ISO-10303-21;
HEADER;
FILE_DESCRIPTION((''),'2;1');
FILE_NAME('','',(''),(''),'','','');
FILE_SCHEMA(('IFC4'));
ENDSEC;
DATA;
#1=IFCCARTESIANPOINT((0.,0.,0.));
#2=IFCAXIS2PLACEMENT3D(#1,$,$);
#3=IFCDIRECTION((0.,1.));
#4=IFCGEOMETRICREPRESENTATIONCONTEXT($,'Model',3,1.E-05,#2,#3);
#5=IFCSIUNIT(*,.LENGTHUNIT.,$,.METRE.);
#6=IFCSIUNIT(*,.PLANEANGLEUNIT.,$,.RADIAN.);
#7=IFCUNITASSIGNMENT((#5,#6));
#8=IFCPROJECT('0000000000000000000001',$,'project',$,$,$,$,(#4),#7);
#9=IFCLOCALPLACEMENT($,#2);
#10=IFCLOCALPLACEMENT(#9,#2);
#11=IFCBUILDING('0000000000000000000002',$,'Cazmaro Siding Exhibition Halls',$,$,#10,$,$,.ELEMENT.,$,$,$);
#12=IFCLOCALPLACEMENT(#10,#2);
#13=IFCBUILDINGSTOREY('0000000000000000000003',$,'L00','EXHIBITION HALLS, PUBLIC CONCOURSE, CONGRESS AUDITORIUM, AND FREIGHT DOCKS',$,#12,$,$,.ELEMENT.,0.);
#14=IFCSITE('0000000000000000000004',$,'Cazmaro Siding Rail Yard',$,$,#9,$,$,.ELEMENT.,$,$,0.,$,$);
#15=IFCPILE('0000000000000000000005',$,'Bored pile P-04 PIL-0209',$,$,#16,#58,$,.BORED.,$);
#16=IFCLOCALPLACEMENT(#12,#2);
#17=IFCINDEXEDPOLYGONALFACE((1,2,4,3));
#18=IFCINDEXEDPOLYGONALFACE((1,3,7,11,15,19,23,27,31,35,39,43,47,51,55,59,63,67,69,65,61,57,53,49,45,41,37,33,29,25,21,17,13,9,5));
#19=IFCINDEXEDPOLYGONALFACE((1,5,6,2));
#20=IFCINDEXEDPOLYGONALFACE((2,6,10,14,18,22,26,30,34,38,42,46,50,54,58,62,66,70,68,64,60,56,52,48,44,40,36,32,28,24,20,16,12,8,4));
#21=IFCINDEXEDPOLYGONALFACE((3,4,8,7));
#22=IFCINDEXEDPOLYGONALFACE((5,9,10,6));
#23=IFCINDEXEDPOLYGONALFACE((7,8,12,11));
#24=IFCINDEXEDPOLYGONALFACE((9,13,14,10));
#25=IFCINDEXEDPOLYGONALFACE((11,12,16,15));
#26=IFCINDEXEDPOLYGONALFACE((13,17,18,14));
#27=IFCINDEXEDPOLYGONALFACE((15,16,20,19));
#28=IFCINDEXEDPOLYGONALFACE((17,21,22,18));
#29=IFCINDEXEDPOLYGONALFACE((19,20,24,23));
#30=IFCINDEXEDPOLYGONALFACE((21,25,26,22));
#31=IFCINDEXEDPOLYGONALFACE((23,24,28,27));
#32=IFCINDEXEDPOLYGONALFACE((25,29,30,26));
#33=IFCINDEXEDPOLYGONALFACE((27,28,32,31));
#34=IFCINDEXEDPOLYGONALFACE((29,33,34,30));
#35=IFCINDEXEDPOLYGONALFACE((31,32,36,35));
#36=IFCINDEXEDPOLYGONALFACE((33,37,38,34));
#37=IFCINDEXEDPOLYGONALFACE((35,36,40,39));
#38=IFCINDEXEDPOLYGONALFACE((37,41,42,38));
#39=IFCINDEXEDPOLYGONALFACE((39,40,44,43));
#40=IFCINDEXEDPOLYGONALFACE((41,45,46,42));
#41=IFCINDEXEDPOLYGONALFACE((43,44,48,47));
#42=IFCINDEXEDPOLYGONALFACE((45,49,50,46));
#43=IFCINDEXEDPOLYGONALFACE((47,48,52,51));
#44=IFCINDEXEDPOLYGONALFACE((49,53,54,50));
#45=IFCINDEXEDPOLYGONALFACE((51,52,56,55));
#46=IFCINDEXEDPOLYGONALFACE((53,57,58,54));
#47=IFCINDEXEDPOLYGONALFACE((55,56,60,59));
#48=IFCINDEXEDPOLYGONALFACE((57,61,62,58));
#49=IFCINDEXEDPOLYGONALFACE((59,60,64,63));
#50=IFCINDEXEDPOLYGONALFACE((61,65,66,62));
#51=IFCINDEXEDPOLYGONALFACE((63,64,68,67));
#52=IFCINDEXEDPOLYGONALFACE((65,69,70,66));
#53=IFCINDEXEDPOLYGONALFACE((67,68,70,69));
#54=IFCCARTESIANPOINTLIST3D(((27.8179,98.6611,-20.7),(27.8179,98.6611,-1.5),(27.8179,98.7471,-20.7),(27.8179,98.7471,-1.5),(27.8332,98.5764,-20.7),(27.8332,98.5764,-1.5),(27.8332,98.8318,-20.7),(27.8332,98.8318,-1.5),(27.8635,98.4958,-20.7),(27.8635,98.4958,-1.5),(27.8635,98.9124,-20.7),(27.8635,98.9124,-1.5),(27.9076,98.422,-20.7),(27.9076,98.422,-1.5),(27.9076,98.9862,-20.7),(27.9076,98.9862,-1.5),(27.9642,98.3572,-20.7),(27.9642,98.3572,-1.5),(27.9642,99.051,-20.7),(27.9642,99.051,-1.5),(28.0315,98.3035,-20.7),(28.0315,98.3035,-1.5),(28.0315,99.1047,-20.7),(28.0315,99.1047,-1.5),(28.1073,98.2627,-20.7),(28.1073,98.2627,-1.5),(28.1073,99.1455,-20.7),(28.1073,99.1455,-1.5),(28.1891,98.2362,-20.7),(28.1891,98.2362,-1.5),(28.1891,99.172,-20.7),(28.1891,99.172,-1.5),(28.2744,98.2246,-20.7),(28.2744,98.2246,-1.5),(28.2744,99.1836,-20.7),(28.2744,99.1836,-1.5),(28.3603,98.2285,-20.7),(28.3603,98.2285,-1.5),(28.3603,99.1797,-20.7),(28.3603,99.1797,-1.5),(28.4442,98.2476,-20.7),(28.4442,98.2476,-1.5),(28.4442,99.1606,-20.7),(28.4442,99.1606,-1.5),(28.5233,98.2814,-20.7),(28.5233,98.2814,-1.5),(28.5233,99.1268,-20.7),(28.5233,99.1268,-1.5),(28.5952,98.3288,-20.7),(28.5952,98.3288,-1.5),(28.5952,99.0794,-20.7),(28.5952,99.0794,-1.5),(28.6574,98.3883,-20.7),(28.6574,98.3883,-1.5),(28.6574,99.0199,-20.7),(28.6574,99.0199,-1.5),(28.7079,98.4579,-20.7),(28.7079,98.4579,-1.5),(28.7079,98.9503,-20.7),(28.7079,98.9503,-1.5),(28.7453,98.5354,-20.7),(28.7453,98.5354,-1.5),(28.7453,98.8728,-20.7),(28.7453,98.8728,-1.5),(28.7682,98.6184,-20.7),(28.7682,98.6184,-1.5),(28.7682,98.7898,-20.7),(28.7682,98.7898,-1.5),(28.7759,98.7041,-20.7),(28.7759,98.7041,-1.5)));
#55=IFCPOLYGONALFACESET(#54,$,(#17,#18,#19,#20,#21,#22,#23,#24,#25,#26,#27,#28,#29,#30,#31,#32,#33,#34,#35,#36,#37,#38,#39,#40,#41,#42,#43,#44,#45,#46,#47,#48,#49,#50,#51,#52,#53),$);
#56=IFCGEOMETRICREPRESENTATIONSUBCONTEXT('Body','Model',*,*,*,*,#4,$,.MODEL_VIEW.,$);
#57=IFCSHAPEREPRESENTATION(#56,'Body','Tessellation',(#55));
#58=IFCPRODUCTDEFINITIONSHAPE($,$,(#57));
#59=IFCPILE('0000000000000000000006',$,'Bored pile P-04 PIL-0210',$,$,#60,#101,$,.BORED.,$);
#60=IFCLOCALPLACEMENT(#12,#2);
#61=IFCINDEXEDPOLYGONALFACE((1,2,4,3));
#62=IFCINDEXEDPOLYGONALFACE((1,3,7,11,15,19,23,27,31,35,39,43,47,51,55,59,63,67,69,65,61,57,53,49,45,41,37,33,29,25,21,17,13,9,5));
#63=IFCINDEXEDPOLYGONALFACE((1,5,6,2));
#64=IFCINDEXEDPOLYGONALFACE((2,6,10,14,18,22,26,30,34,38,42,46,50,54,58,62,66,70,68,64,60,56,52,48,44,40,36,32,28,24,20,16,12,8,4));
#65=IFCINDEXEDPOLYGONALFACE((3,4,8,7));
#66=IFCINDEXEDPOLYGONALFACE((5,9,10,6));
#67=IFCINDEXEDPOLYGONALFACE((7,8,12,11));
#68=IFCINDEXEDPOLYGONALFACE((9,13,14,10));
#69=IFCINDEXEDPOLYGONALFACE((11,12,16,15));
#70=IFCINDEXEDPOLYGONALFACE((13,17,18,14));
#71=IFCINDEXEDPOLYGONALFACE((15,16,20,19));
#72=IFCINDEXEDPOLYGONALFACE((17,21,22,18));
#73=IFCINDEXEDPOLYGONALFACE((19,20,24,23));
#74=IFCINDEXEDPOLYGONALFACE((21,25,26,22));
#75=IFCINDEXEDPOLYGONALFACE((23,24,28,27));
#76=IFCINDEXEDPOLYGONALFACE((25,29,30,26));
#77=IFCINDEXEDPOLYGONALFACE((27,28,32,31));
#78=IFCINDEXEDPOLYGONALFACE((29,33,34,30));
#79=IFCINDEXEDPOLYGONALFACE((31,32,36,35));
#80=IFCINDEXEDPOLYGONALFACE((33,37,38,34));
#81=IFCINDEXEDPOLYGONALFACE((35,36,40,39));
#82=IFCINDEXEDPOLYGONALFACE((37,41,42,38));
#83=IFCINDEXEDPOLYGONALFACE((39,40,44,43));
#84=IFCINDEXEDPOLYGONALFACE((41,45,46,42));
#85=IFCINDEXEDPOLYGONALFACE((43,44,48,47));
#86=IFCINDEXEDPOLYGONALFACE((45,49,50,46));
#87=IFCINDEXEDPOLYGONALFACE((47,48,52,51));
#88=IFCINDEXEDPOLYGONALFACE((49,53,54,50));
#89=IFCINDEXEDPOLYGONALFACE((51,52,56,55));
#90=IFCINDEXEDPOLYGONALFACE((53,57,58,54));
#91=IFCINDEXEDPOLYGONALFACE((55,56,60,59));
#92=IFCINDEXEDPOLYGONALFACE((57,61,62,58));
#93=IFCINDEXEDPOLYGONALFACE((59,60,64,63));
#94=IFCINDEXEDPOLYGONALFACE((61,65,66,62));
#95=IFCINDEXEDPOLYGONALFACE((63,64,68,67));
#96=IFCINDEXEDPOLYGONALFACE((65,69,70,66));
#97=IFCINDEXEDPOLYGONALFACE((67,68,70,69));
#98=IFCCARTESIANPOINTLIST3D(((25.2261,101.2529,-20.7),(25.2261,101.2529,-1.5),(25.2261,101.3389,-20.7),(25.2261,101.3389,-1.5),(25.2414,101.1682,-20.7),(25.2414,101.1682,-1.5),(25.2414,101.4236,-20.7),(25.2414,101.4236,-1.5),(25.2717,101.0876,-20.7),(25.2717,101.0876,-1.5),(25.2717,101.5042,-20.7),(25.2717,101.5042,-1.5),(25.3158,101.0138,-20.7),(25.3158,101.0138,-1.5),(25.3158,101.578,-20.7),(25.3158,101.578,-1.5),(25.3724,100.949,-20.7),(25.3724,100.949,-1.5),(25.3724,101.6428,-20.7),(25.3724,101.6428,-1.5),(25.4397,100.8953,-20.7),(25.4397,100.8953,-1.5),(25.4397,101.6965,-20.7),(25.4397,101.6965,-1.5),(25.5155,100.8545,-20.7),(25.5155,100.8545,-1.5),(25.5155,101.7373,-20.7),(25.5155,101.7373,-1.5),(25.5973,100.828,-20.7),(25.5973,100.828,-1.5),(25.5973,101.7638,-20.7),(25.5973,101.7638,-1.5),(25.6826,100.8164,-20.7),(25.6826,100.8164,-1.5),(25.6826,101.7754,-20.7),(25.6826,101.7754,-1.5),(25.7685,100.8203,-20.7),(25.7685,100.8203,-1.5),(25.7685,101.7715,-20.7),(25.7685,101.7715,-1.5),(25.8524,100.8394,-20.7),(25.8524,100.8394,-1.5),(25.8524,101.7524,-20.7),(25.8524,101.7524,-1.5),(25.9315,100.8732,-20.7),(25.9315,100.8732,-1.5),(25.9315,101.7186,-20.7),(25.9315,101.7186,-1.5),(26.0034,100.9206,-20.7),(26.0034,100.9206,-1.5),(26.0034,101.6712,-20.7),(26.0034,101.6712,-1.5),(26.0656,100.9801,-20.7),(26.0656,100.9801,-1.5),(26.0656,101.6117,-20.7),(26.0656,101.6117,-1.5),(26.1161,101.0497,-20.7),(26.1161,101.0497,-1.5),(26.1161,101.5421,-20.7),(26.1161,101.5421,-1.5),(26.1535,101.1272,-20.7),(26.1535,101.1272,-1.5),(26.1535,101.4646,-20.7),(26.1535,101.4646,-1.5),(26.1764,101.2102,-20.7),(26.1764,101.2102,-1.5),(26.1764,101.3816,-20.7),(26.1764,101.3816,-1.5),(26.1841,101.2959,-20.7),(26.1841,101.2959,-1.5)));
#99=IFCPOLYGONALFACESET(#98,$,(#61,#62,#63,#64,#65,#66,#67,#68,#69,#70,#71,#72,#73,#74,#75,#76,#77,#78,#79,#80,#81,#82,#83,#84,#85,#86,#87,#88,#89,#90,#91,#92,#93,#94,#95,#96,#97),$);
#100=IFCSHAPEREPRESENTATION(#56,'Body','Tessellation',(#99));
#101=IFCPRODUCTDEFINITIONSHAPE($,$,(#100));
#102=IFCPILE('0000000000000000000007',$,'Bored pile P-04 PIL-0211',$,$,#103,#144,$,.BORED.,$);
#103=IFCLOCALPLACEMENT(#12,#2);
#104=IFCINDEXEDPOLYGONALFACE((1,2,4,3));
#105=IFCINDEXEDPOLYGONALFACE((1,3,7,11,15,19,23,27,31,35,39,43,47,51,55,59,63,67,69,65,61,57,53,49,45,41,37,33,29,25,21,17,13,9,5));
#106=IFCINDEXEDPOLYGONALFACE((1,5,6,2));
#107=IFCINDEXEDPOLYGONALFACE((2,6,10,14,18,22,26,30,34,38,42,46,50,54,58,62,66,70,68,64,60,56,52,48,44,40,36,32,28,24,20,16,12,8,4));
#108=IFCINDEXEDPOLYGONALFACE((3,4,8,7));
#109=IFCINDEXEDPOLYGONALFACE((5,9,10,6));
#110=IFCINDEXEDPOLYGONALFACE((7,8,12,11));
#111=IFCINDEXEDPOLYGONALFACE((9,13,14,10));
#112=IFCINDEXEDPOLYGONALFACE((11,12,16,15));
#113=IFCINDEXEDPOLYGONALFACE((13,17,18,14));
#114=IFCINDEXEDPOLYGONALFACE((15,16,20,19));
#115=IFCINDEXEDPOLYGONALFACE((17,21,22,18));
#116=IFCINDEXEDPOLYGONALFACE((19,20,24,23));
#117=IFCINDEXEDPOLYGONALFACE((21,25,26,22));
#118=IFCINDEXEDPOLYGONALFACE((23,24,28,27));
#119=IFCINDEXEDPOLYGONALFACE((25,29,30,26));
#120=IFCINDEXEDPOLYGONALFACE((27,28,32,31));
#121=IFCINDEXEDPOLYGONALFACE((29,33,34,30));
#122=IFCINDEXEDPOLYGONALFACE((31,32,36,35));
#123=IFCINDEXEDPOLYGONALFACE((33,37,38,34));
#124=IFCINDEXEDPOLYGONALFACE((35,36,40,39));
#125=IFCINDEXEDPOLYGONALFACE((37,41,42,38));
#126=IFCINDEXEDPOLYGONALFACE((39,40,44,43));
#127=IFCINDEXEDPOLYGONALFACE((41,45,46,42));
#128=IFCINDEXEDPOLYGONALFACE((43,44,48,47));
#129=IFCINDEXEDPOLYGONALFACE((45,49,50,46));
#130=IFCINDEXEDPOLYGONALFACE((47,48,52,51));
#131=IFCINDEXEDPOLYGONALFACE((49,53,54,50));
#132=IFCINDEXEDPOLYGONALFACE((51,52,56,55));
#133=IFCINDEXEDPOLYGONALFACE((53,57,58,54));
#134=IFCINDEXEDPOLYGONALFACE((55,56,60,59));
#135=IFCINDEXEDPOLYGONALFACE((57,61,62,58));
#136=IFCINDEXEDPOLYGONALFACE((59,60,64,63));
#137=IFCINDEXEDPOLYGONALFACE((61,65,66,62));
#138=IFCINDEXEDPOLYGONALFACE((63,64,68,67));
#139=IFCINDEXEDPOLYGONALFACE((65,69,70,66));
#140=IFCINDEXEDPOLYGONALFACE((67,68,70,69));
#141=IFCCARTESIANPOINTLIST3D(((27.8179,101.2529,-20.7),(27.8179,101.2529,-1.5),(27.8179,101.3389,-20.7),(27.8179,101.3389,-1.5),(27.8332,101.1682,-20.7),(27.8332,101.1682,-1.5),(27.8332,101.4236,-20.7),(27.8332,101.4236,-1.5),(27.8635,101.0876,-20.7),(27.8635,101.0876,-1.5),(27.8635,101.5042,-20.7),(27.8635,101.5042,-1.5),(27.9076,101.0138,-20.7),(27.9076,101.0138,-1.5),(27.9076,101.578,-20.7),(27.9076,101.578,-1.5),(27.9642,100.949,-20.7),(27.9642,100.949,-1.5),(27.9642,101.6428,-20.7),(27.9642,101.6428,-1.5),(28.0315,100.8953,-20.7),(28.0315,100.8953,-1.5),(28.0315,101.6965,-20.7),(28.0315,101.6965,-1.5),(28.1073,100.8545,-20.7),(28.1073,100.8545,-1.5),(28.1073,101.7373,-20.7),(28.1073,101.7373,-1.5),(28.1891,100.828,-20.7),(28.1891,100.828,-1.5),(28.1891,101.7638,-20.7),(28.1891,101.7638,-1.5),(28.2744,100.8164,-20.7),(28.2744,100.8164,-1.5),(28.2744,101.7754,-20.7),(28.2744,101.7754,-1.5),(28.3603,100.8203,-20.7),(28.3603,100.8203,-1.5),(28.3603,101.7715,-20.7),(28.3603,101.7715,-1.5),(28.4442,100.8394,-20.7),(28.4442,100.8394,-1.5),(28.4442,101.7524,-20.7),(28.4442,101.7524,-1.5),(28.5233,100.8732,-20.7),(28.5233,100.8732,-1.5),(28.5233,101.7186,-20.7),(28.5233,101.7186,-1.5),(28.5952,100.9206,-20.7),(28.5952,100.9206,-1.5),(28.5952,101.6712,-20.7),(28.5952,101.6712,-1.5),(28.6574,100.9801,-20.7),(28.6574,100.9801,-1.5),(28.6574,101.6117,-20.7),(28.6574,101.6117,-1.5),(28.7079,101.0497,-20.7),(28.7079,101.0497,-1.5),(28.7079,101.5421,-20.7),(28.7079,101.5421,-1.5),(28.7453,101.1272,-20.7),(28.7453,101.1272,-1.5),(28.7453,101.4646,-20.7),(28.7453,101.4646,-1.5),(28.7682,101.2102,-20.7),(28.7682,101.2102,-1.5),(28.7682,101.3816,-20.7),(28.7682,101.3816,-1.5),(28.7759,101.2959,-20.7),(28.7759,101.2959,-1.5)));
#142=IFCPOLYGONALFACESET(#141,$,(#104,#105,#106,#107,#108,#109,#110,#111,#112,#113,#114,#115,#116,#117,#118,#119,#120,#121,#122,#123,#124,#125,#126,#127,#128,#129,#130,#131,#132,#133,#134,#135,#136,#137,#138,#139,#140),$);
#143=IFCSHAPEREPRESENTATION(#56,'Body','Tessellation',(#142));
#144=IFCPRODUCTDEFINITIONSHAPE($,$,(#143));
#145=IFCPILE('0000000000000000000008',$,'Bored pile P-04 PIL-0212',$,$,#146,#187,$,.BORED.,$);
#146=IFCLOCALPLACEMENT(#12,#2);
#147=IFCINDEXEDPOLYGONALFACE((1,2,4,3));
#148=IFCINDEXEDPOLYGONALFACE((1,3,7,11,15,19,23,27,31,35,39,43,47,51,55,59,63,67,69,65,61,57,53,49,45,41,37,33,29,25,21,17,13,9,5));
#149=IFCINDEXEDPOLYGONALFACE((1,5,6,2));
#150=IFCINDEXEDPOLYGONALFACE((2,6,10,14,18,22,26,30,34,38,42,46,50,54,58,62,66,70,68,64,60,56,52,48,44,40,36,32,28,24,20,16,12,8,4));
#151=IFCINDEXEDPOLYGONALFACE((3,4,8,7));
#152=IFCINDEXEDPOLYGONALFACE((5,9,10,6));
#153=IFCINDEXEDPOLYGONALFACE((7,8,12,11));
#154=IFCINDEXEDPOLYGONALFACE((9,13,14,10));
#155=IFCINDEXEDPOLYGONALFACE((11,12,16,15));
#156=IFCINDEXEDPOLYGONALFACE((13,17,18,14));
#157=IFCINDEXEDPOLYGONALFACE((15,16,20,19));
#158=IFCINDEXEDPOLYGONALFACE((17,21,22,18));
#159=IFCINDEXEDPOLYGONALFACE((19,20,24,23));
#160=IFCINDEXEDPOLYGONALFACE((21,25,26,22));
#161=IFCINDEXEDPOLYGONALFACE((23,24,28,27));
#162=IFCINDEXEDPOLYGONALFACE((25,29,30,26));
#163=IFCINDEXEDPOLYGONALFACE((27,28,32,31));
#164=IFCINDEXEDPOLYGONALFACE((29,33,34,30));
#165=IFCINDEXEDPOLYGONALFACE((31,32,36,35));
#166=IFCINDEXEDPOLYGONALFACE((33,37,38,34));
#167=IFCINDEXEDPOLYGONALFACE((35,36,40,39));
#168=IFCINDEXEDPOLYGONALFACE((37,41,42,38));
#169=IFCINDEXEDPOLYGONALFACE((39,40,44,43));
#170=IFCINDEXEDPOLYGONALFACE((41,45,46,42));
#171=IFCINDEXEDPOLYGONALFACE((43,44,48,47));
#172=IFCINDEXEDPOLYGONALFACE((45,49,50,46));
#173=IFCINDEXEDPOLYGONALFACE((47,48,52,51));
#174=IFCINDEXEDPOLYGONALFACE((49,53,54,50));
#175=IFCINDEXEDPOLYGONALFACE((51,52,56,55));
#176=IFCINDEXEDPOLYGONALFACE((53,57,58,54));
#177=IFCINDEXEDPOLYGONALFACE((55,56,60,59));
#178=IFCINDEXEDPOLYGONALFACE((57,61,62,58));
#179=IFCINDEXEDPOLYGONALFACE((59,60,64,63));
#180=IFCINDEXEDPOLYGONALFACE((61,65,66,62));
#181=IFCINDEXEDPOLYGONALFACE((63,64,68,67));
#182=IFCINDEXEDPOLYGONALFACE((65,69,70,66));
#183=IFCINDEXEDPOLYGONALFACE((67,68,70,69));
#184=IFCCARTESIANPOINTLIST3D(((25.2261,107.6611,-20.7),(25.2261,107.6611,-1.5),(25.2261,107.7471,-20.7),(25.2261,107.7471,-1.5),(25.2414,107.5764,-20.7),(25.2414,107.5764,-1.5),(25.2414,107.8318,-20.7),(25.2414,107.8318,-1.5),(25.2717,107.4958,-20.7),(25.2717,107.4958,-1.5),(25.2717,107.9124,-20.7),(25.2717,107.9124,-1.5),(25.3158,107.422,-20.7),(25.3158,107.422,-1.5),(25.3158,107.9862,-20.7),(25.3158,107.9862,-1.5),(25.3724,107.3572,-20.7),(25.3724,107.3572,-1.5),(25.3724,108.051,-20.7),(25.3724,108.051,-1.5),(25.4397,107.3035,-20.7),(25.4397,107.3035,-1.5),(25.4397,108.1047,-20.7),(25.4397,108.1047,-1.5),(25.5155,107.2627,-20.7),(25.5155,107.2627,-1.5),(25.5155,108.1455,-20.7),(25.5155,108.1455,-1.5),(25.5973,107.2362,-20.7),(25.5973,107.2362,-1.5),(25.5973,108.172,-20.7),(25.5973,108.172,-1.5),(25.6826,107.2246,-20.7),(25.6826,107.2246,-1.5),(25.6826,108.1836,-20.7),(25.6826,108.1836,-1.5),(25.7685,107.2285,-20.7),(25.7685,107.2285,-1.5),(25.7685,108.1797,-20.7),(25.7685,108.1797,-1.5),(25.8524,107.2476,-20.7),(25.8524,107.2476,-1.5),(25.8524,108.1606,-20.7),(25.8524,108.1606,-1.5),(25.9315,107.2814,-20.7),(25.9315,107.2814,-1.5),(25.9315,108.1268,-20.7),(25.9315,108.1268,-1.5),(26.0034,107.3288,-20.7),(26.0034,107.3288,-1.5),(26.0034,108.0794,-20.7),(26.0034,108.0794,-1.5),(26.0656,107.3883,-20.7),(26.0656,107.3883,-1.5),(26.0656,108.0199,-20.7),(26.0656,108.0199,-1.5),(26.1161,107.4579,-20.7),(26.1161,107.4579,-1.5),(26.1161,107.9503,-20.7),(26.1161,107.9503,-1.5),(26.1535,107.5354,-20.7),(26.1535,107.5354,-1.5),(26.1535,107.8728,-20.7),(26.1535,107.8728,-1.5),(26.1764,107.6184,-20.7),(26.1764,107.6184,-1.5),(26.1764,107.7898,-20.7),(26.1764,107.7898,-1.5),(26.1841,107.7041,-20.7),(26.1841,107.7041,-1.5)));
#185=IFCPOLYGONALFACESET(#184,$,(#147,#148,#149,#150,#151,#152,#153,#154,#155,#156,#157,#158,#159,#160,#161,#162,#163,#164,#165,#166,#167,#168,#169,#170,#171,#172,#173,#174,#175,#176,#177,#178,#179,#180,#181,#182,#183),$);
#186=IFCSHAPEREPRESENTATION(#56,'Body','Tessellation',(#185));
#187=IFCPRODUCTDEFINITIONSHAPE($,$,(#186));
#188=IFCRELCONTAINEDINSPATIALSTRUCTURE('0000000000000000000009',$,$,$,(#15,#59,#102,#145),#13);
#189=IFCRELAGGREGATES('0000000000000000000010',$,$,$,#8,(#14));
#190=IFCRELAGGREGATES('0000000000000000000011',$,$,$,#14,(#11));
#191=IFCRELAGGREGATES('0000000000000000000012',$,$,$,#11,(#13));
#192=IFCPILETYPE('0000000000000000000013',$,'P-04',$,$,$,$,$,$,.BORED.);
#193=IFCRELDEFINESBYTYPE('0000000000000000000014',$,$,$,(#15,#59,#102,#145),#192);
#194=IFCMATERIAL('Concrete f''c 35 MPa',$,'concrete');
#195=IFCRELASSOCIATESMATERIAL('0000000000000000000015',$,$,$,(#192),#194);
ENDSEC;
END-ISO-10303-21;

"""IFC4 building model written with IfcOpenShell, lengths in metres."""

from ifc_helpers import new_model, si_unit, direction, frame, origin, origin_2d, place, context, subcontext, project, spatial, circle, extrude, material, material_profile, profile_set, type_object, element, save


model = new_model("IFC4")

# Units and contexts
model_context = context("Model", 3, precision=1e-05, world=origin(), true_north=direction((0.0, 1.0)))
body_context = subcontext(model_context, "Body", "Model", "MODEL_VIEW")
ifc_project = project(units=[si_unit("LENGTHUNIT", "METRE"), si_unit("PLANEANGLEUNIT", "RADIAN")], contexts=[model_context])

# Site, building, storey
site_placement = place(None, origin())
site = spatial("IfcSite", under=ifc_project, at=site_placement, Name="Cazmaro Siding Rail Yard", CompositionType="ELEMENT", RefElevation=0.0)
building_placement = place(site_placement, origin())
building = spatial("IfcBuilding", under=site, at=building_placement, Name="Cazmaro Siding Exhibition Halls", CompositionType="ELEMENT")
storey_placement = place(building_placement, origin())
storey = spatial("IfcBuildingStorey", under=building, at=storey_placement, Name="L00", Description="EXHIBITION HALLS, PUBLIC CONCOURSE, CONGRESS AUDITORIUM, AND FREIGHT DOCKS", CompositionType="ELEMENT", Elevation=0.0)

# Piles
ifc_material_1 = material(Name="Concrete f'c 35 MPa", Category="concrete")
ifc_material_profile_1 = material_profile(ifc_material_1, circle(Radius=0.48, at=origin_2d()), Name="CIDH-960")
ifc_profile_set_1 = profile_set([ifc_material_profile_1], Name="Concrete f'c 35 MPa")
pile_type = type_object("IfcPileType", Name="P-04", PredefinedType="BORED", material=ifc_profile_set_1)
for number, where, z_axis, x_axis, name in (
    (1, (28.2959, 98.7041, -1.5), (0.0, 0.0, -1.0), (1.0, 0.0, 0.0), "Bored pile P-04 PIL-0209"),
    (2, (25.7041, 101.2959, -1.5), (0.0, 0.0, -1.0), (1.0, 0.0, 0.0), "Bored pile P-04 PIL-0210"),
    (3, (28.2959, 101.2959, -1.5), (0.0, 0.0, -1.0), (1.0, 0.0, 0.0), "Bored pile P-04 PIL-0211"),
    (4, (25.7041, 107.7041, -1.5), (0.0, 0.0, -1.0), (1.0, 0.0, 0.0), "Bored pile P-04 PIL-0212"),
):
    element("IfcPile", number, at=place(storey_placement, frame(where, z_axis=z_axis, x_axis=x_axis)), inside=storey, type_object=pile_type, Name=name, PredefinedType="BORED", context=body_context, shape_type="SweptSolid", body=[
        extrude(circle(Radius=0.48, at=origin_2d()), origin(), (0.0, 0.0, 1.0), 19.2),
    ])

save(model, "model.ifc")
